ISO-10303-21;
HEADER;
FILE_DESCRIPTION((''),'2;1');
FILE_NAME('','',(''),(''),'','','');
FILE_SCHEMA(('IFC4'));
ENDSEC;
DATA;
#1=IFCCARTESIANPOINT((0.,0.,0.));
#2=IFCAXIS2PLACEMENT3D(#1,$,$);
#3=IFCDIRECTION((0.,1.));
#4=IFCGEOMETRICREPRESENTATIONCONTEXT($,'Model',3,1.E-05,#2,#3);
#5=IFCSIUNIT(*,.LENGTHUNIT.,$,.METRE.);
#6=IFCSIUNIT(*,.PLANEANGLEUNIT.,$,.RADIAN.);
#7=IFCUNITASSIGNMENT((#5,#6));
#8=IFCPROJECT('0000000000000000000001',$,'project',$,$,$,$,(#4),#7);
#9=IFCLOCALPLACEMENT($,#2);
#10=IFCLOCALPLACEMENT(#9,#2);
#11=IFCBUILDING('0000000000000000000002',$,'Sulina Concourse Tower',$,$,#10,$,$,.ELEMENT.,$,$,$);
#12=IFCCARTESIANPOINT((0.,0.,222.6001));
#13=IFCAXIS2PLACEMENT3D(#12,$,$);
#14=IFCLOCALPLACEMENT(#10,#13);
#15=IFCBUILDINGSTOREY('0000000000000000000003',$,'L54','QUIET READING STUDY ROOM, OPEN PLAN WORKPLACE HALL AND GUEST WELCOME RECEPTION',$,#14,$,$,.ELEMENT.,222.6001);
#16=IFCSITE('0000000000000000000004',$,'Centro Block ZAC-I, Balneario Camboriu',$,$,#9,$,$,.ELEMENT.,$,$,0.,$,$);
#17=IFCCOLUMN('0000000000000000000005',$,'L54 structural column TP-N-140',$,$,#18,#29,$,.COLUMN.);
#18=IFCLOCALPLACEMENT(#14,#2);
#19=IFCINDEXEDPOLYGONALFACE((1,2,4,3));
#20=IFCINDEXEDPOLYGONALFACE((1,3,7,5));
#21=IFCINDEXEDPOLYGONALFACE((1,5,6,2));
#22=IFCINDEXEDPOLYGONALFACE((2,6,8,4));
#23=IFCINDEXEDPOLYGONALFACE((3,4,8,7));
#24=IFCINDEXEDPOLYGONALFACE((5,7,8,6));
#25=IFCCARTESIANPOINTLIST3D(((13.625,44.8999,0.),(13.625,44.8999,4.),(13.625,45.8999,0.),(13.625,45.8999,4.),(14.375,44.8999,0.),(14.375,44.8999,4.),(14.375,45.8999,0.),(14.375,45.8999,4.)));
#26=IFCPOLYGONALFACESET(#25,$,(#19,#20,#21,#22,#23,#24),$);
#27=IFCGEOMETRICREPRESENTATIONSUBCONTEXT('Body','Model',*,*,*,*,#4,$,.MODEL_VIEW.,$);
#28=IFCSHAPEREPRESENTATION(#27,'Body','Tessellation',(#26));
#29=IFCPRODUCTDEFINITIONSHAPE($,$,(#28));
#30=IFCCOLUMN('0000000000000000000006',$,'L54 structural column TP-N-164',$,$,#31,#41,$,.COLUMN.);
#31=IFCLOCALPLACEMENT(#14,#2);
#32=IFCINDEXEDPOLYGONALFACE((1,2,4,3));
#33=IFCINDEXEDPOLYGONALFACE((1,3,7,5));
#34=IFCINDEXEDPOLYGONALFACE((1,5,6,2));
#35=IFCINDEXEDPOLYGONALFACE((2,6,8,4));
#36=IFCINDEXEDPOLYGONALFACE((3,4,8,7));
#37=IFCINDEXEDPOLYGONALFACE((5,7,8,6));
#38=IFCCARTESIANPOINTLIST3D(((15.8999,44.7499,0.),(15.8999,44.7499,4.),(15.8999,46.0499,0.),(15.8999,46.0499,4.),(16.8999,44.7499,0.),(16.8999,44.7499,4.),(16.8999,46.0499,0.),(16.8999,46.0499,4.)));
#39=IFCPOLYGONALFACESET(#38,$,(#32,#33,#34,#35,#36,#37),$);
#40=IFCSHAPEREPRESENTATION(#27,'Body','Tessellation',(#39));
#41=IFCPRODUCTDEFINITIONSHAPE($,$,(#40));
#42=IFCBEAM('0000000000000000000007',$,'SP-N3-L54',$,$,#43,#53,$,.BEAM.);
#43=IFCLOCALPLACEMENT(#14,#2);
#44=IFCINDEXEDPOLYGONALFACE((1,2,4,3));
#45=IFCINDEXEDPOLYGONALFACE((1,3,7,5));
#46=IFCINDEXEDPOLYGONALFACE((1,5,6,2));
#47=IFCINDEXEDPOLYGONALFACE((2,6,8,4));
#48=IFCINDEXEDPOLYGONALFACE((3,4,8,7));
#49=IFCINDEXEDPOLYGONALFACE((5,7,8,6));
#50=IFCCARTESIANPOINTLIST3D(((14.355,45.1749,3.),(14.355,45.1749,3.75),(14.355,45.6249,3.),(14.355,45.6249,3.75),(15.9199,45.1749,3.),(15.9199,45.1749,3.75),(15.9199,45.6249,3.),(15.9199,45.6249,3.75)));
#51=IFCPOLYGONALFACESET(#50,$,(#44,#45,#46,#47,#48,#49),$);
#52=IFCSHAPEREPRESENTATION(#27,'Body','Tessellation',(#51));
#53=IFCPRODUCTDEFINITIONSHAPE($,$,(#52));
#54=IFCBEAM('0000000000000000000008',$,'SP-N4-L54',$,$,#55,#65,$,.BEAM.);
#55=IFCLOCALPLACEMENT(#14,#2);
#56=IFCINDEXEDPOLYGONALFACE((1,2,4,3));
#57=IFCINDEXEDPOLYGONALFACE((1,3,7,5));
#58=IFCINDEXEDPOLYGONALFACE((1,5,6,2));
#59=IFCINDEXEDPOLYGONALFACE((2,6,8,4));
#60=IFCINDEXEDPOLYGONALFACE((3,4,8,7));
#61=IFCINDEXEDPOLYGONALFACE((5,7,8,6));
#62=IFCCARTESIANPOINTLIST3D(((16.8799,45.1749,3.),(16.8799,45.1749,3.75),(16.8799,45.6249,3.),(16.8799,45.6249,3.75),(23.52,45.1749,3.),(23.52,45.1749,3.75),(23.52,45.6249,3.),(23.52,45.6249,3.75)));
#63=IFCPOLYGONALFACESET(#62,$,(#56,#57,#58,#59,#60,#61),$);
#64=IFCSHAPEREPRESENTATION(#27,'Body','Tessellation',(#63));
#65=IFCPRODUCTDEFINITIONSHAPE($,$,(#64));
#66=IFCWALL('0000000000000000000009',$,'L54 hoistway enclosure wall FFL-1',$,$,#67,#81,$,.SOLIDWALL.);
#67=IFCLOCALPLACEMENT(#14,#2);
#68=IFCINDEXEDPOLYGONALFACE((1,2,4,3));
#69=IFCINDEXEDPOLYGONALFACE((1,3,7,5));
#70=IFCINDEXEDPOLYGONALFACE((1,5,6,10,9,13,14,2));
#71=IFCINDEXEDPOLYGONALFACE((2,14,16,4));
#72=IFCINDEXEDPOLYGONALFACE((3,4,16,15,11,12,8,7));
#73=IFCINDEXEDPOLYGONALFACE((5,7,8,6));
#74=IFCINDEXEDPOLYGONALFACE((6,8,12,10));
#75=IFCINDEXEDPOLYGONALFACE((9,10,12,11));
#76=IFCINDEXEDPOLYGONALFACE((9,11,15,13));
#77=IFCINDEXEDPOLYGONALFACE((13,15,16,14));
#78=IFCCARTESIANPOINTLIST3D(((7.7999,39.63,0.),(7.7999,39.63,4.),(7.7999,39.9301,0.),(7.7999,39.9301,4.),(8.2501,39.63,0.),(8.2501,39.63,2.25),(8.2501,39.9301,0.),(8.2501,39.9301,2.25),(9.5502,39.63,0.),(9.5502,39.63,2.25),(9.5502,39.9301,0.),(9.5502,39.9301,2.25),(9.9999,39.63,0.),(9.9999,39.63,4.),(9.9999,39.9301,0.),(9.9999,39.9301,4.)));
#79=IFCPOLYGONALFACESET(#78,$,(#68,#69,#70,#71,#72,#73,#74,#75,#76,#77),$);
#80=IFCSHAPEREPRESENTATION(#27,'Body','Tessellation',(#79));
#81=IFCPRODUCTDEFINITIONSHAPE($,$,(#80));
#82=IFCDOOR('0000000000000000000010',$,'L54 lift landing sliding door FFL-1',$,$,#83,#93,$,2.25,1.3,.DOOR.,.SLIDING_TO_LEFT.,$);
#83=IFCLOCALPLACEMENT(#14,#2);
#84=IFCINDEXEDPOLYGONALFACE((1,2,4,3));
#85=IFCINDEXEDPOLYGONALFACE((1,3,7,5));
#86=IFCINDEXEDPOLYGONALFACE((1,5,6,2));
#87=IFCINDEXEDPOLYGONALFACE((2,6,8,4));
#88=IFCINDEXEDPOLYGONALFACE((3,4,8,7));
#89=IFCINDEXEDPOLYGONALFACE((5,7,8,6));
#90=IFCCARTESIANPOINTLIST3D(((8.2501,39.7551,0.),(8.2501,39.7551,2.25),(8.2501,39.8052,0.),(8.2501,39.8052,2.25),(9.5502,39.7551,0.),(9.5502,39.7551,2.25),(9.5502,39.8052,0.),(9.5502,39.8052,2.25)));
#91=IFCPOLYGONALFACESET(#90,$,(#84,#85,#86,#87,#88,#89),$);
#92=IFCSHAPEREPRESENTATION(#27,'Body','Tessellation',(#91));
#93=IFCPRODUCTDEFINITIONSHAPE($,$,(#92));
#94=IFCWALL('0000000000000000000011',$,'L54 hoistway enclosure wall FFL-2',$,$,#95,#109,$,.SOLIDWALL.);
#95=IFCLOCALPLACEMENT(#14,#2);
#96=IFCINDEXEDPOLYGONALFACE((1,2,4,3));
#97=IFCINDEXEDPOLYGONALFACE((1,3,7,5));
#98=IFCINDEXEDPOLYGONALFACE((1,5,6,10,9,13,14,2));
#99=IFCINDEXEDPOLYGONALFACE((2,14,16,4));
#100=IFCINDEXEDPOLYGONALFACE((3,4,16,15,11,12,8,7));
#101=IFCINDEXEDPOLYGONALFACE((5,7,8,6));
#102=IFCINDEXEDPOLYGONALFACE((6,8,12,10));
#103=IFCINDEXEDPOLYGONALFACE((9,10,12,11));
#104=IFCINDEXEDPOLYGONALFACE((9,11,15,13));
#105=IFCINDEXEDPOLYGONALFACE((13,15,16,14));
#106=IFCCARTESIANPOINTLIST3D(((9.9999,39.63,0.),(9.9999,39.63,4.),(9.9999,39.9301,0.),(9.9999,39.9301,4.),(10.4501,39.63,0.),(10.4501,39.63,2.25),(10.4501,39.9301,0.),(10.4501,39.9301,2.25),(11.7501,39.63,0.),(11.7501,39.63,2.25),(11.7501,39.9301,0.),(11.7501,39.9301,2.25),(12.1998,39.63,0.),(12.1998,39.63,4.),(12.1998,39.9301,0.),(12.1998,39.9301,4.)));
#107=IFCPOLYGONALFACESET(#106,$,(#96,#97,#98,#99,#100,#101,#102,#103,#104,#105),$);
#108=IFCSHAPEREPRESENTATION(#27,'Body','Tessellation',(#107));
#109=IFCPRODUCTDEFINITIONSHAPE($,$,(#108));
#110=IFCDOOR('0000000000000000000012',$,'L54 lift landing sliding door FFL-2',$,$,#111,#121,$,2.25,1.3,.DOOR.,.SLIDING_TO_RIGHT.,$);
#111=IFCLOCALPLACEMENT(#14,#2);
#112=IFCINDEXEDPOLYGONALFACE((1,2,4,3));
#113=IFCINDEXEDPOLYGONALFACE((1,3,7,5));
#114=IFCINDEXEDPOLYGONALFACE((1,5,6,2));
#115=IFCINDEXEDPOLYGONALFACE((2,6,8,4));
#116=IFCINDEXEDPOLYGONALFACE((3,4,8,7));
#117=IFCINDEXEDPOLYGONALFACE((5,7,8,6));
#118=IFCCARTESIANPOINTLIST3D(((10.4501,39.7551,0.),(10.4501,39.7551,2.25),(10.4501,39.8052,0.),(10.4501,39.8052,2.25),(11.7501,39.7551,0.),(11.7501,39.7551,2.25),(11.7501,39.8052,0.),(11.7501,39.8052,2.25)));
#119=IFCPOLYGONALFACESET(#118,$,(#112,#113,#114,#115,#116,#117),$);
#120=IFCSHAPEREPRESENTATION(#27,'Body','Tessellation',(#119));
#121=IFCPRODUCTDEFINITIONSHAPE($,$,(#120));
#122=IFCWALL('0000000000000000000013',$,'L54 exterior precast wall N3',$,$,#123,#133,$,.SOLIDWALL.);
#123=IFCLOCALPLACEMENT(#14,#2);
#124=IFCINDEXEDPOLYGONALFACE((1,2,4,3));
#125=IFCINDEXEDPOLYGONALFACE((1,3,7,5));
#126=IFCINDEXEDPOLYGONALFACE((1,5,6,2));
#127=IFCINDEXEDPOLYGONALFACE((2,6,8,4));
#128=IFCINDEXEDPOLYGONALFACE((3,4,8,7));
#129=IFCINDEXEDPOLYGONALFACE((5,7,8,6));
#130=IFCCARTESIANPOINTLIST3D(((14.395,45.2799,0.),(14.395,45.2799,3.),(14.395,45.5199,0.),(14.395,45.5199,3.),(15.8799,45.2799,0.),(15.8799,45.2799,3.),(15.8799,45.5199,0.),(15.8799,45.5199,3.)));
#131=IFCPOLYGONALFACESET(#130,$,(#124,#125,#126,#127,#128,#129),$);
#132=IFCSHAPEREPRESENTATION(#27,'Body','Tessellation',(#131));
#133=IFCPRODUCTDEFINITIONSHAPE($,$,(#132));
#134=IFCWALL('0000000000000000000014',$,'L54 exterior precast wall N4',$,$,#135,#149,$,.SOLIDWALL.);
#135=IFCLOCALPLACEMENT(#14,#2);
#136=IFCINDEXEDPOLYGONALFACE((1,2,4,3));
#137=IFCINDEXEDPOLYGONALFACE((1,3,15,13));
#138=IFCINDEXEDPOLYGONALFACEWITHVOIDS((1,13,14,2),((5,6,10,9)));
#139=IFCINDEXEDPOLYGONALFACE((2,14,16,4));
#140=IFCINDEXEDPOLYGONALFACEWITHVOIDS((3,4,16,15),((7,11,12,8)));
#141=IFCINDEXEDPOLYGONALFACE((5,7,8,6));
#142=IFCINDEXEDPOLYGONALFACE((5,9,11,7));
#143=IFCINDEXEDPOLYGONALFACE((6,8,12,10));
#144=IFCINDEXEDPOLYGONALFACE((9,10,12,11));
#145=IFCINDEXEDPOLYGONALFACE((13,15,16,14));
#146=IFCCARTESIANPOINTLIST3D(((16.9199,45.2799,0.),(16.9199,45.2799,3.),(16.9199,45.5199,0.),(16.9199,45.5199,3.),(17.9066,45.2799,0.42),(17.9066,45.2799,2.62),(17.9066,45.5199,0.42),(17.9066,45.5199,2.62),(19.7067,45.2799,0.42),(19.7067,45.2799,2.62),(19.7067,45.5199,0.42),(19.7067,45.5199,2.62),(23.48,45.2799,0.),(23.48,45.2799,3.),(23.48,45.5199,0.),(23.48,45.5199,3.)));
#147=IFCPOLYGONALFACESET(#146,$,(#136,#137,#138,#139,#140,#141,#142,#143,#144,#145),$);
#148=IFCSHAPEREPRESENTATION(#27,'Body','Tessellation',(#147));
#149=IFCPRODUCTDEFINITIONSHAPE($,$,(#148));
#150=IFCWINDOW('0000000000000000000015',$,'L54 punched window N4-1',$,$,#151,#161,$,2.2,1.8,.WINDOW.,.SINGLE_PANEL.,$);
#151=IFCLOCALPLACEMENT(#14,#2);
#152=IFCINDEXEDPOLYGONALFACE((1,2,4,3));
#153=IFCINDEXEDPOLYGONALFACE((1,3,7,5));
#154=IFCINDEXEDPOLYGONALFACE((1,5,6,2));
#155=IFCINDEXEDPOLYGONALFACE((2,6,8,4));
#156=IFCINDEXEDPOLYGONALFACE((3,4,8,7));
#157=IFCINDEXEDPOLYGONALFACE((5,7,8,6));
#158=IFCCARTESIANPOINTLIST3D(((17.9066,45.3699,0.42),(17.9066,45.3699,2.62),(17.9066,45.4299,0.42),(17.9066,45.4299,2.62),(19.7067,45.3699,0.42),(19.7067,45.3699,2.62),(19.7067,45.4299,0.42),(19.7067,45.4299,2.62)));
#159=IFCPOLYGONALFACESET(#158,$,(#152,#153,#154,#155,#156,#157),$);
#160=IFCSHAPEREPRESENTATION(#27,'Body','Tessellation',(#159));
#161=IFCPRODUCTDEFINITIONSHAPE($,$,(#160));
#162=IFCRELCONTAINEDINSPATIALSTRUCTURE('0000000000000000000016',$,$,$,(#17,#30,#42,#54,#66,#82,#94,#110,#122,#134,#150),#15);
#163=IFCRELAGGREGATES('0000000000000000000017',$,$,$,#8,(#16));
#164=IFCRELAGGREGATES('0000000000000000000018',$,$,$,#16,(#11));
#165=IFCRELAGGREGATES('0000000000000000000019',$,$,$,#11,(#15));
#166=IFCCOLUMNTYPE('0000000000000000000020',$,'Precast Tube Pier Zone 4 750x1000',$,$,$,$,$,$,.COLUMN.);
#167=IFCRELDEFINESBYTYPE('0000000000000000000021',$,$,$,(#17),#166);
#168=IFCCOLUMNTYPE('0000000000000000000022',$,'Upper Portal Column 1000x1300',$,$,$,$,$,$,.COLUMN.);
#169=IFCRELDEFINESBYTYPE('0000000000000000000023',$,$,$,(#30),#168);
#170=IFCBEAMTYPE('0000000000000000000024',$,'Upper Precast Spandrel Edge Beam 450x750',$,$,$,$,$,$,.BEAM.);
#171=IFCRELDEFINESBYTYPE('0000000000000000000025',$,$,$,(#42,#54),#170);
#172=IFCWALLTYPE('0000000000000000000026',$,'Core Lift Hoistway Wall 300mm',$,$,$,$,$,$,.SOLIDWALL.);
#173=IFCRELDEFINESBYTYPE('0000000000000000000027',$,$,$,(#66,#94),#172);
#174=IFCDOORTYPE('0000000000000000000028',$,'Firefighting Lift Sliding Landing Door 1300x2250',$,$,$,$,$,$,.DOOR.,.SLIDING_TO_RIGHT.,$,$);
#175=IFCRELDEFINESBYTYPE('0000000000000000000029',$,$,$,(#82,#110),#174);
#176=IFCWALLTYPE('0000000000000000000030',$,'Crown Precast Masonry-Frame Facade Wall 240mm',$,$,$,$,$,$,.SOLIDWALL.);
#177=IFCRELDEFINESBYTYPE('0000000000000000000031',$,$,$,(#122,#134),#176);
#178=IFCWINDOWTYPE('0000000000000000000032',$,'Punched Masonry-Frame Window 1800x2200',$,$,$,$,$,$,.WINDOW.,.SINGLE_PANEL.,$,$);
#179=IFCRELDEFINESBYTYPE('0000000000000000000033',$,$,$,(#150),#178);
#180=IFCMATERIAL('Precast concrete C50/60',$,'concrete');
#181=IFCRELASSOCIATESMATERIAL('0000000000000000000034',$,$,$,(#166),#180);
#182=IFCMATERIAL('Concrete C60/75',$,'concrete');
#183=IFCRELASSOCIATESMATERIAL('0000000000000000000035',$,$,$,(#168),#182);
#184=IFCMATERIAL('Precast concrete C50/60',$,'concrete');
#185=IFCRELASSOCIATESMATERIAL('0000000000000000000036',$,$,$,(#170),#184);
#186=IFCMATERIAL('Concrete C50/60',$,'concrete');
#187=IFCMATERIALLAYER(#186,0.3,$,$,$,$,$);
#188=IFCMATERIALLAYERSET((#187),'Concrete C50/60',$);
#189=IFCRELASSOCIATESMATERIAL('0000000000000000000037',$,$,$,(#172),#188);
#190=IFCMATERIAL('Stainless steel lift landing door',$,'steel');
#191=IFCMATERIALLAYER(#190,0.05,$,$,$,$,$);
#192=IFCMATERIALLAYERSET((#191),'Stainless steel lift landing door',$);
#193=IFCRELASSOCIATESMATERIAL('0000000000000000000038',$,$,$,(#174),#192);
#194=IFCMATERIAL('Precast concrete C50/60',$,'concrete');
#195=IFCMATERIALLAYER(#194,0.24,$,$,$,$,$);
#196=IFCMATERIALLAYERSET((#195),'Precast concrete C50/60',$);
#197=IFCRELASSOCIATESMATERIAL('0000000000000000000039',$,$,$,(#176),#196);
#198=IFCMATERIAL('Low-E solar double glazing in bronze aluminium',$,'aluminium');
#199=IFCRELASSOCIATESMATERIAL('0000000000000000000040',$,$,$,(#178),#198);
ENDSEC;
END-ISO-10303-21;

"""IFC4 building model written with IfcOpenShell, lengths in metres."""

from ifc_helpers import new_model, si_unit, direction, frame, frame_2d, origin, origin_2d, place, context, subcontext, project, spatial, rectangle, extrude, material, layer, layer_set, material_profile, profile_set, type_object, element, fill, save


model = new_model("IFC4")

# Units and contexts
model_context = context("Model", 3, precision=1e-05, world=origin(), true_north=direction((0.0, 1.0)))
body_context = subcontext(model_context, "Body", "Model", "MODEL_VIEW")
ifc_project = project(units=[si_unit("LENGTHUNIT", "METRE"), si_unit("PLANEANGLEUNIT", "RADIAN")], contexts=[model_context])

# Site, building, storey
site_placement = place(None, origin())
site = spatial("IfcSite", under=ifc_project, at=site_placement, Name="Centro Block ZAC-I, Balneario Camboriu", CompositionType="ELEMENT", RefElevation=0.0)
building_placement = place(site_placement, origin())
building = spatial("IfcBuilding", under=site, at=building_placement, Name="Sulina Concourse Tower", CompositionType="ELEMENT")
storey_placement = place(building_placement, frame((0.0, 0.0, 222.6001)))
storey = spatial("IfcBuildingStorey", under=building, at=storey_placement, Name="L54", Description="QUIET READING STUDY ROOM, OPEN PLAN WORKPLACE HALL AND GUEST WELCOME RECEPTION", CompositionType="ELEMENT", Elevation=222.6001)

# Columns
ifc_material_1 = material(Name="Precast concrete C50/60", Category="concrete")
ifc_material_profile_1 = material_profile(ifc_material_1, rectangle(XDim=0.75, YDim=1.0, at=origin_2d()), Name="PC 750x1000")
ifc_profile_set_1 = profile_set([ifc_material_profile_1], Name="Precast concrete C50/60")
column_type_1 = type_object("IfcColumnType", Name="Precast Tube Pier Zone 4 750x1000", PredefinedType="COLUMN", material=ifc_profile_set_1)
column_1_placement = place(storey_placement, frame((14.0, 45.3999, 0.0), z_axis=(0.0, 0.0, 1.0), x_axis=(1.0, 0.0, 0.0)))
element("IfcColumn", 1, at=column_1_placement, inside=storey, type_object=column_type_1, Name="L54 structural column TP-N-140", PredefinedType="COLUMN", context=body_context, shape_type="SweptSolid", body=[
    extrude(rectangle(XDim=0.75, YDim=1.0, at=origin_2d()), origin(), (0.0, 0.0, 1.0), 4.0),
])
ifc_material_2 = material(Name="Concrete C60/75", Category="concrete")
ifc_material_profile_2 = material_profile(ifc_material_2, rectangle(XDim=1.0, YDim=1.3, at=origin_2d()), Name="RC 1000x1300")
ifc_profile_set_2 = profile_set([ifc_material_profile_2], Name="Concrete C60/75")
column_type_2 = type_object("IfcColumnType", Name="Upper Portal Column 1000x1300", PredefinedType="COLUMN", material=ifc_profile_set_2)
column_2_placement = place(storey_placement, frame((16.3999, 45.3999, 0.0), z_axis=(0.0, 0.0, 1.0), x_axis=(1.0, 0.0, 0.0)))
element("IfcColumn", 2, at=column_2_placement, inside=storey, type_object=column_type_2, Name="L54 structural column TP-N-164", PredefinedType="COLUMN", context=body_context, shape_type="SweptSolid", body=[
    extrude(rectangle(XDim=1.0, YDim=1.3, at=origin_2d()), origin(), (0.0, 0.0, 1.0), 4.0),
])

# Beams
ifc_material_3 = material(Name="Precast concrete C50/60", Category="concrete")
ifc_material_profile_3 = material_profile(ifc_material_3, rectangle(XDim=0.45, YDim=0.75, at=origin_2d()), Name="RC 450x750")
ifc_profile_set_3 = profile_set([ifc_material_profile_3], Name="Precast concrete C50/60")
beam_type = type_object("IfcBeamType", Name="Upper Precast Spandrel Edge Beam 450x750", PredefinedType="BEAM", material=ifc_profile_set_3)
beam_1_placement = place(storey_placement, frame((14.355, 45.3999, 3.375), z_axis=(1.0, 0.0, 0.0), x_axis=(0.0, 1.0, 0.0)))
element("IfcBeam", 3, at=beam_1_placement, inside=storey, type_object=beam_type, Name="SP-N3-L54", PredefinedType="BEAM", context=body_context, shape_type="SweptSolid", body=[
    extrude(rectangle(XDim=0.45, YDim=0.75, at=origin_2d()), origin(), (0.0, 0.0, 1.0), 1.5649),
])
beam_2_placement = place(storey_placement, frame((16.8799, 45.3999, 3.375), z_axis=(1.0, 0.0, 0.0), x_axis=(0.0, 1.0, 0.0)))
element("IfcBeam", 4, at=beam_2_placement, inside=storey, type_object=beam_type, Name="SP-N4-L54", PredefinedType="BEAM", context=body_context, shape_type="SweptSolid", body=[
    extrude(rectangle(XDim=0.45, YDim=0.75, at=origin_2d()), origin(), (0.0, 0.0, 1.0), 6.6401),
])

# Walls, openings, doors
ifc_material_4 = material(Name="Concrete C50/60", Category="concrete")
ifc_layer_1 = layer(ifc_material_4, 0.3)
ifc_layer_set_1 = layer_set([ifc_layer_1], Name="Concrete C50/60")
wall_type_1 = type_object("IfcWallType", Name="Core Lift Hoistway Wall 300mm", PredefinedType="SOLIDWALL", material=ifc_layer_set_1)
wall_1_placement = place(storey_placement, frame((10.0, 39.78, 0.0), z_axis=(0.0, 0.0, 1.0), x_axis=(-1.0, 0.0, 0.0)))
wall_1 = element("IfcWall", 5, at=wall_1_placement, inside=storey, type_object=wall_type_1, Name="L54 hoistway enclosure wall FFL-1", PredefinedType="SOLIDWALL", context=body_context, shape_type="SweptSolid", body=[
    extrude(rectangle(XDim=2.2, YDim=0.3, at=frame_2d((1.1001, 0.0))), origin(), (0.0, 0.0, 1.0), 4.0),
])
opening_1_placement = place(wall_1_placement, frame((0.45, 0.0, 0.0)))
opening_1 = element("IfcOpeningElement", 6, at=opening_1_placement, cuts=wall_1, PredefinedType="OPENING", context=body_context, shape_type="SweptSolid", body=[
    extrude(rectangle(XDim=1.3, YDim=2.25, at=frame_2d((0.6499, 1.125))), frame((0.0, 0.1599, 0.0), z_axis=(0.0, -1.0, 0.0), x_axis=(1.0, 0.0, 0.0)), (0.0, 0.0, 1.0), 0.3201),
])
ifc_material_5 = material(Name="Stainless steel lift landing door", Category="steel")
ifc_layer_2 = layer(ifc_material_5, 0.05)
ifc_layer_set_2 = layer_set([ifc_layer_2], Name="Stainless steel lift landing door")
door_type_1 = type_object("IfcDoorType", Name="Firefighting Lift Sliding Landing Door 1300x2250", OperationType="SLIDING_TO_RIGHT", PredefinedType="DOOR", material=ifc_layer_set_2)
door_1_placement = place(opening_1_placement, origin())
door_1 = element("IfcDoor", 7, at=door_1_placement, inside=storey, type_object=door_type_1, Name="L54 lift landing sliding door FFL-1", OperationType="SLIDING_TO_LEFT", OverallHeight=2.25, OverallWidth=1.3, PredefinedType="DOOR", context=body_context, shape_type="SweptSolid", body=[
    extrude(rectangle(XDim=1.3, YDim=2.25, at=frame_2d((0.6499, 1.125))), frame((0.0, 0.0249, 0.0), z_axis=(0.0, -1.0, 0.0), x_axis=(1.0, 0.0, 0.0)), (0.0, 0.0, 1.0), 0.05),
])
fill(opening_1, door_1)
wall_2_placement = place(storey_placement, frame((12.2, 39.78, 0.0), z_axis=(0.0, 0.0, 1.0), x_axis=(-1.0, 0.0, 0.0)))
wall_2 = element("IfcWall", 8, at=wall_2_placement, inside=storey, type_object=wall_type_1, Name="L54 hoistway enclosure wall FFL-2", PredefinedType="SOLIDWALL", context=body_context, shape_type="SweptSolid", body=[
    extrude(rectangle(XDim=2.2, YDim=0.3, at=frame_2d((1.1001, 0.0))), origin(), (0.0, 0.0, 1.0), 4.0),
])
opening_2_placement = place(wall_2_placement, frame((0.45, 0.0, 0.0)))
opening_2 = element("IfcOpeningElement", 9, at=opening_2_placement, cuts=wall_2, PredefinedType="OPENING", context=body_context, shape_type="SweptSolid", body=[
    extrude(rectangle(XDim=1.3, YDim=2.25, at=frame_2d((0.6499, 1.125))), frame((0.0, 0.1599, 0.0), z_axis=(0.0, -1.0, 0.0), x_axis=(1.0, 0.0, 0.0)), (0.0, 0.0, 1.0), 0.3201),
])
door_2_placement = place(opening_2_placement, origin())
door_2 = element("IfcDoor", 10, at=door_2_placement, inside=storey, type_object=door_type_1, Name="L54 lift landing sliding door FFL-2", OperationType="SLIDING_TO_RIGHT", OverallHeight=2.25, OverallWidth=1.3, PredefinedType="DOOR", context=body_context, shape_type="SweptSolid", body=[
    extrude(rectangle(XDim=1.3, YDim=2.25, at=frame_2d((0.6499, 1.125))), frame((0.0, 0.0249, 0.0), z_axis=(0.0, -1.0, 0.0), x_axis=(1.0, 0.0, 0.0)), (0.0, 0.0, 1.0), 0.05),
])
fill(opening_2, door_2)

# Wall
ifc_material_6 = material(Name="Precast concrete C50/60", Category="concrete")
ifc_layer_3 = layer(ifc_material_6, 0.24)
ifc_layer_set_3 = layer_set([ifc_layer_3], Name="Precast concrete C50/60")
wall_type_2 = type_object("IfcWallType", Name="Crown Precast Masonry-Frame Facade Wall 240mm", PredefinedType="SOLIDWALL", material=ifc_layer_set_3)
wall_3_placement = place(storey_placement, frame((14.395, 45.3999, 0.0), z_axis=(0.0, 0.0, 1.0), x_axis=(1.0, 0.0, 0.0)))
element("IfcWall", 11, at=wall_3_placement, inside=storey, type_object=wall_type_2, Name="L54 exterior precast wall N3", PredefinedType="SOLIDWALL", context=body_context, shape_type="SweptSolid", body=[
    extrude(rectangle(XDim=1.4849, YDim=0.24, at=frame_2d((0.7424, 0.0))), origin(), (0.0, 0.0, 1.0), 3.0),
])

# Wall, opening, window
wall_4_placement = place(storey_placement, frame((16.9199, 45.3999, 0.0), z_axis=(0.0, 0.0, 1.0), x_axis=(1.0, 0.0, 0.0)))
wall_4 = element("IfcWall", 12, at=wall_4_placement, inside=storey, type_object=wall_type_2, Name="L54 exterior precast wall N4", PredefinedType="SOLIDWALL", context=body_context, shape_type="SweptSolid", body=[
    extrude(rectangle(XDim=6.5601, YDim=0.24, at=frame_2d((3.28, 0.0))), origin(), (0.0, 0.0, 1.0), 3.0),
])
opening_3_placement = place(wall_4_placement, frame((0.9868, 0.0, 0.4199)))
opening_3 = element("IfcOpeningElement", 13, at=opening_3_placement, cuts=wall_4, PredefinedType="OPENING", context=body_context, shape_type="SweptSolid", body=[
    extrude(rectangle(XDim=1.8, YDim=2.2, at=frame_2d((0.8999, 1.1001))), frame((0.0, 0.1299, 0.0), z_axis=(0.0, -1.0, 0.0), x_axis=(1.0, 0.0, 0.0)), (0.0, 0.0, 1.0), 0.26),
])
ifc_material_7 = material(Name="Low-E solar double glazing in bronze aluminium", Category="aluminium")
window_type = type_object("IfcWindowType", Name="Punched Masonry-Frame Window 1800x2200", PartitioningType="SINGLE_PANEL", PredefinedType="WINDOW", material=ifc_material_7)
window_placement = place(opening_3_placement, origin())
window = element("IfcWindow", 14, at=window_placement, inside=storey, type_object=window_type, Name="L54 punched window N4-1", OverallHeight=2.2, OverallWidth=1.8, PartitioningType="SINGLE_PANEL", PredefinedType="WINDOW", context=body_context, shape_type="SweptSolid", body=[
    extrude(rectangle(XDim=1.8, YDim=2.2, at=frame_2d((0.8999, 1.1001))), frame((0.0, 0.03, 0.0), z_axis=(0.0, -1.0, 0.0), x_axis=(1.0, 0.0, 0.0)), (0.0, 0.0, 1.0), 0.0601),
])
fill(opening_3, window)

save(model, "model.ifc")
